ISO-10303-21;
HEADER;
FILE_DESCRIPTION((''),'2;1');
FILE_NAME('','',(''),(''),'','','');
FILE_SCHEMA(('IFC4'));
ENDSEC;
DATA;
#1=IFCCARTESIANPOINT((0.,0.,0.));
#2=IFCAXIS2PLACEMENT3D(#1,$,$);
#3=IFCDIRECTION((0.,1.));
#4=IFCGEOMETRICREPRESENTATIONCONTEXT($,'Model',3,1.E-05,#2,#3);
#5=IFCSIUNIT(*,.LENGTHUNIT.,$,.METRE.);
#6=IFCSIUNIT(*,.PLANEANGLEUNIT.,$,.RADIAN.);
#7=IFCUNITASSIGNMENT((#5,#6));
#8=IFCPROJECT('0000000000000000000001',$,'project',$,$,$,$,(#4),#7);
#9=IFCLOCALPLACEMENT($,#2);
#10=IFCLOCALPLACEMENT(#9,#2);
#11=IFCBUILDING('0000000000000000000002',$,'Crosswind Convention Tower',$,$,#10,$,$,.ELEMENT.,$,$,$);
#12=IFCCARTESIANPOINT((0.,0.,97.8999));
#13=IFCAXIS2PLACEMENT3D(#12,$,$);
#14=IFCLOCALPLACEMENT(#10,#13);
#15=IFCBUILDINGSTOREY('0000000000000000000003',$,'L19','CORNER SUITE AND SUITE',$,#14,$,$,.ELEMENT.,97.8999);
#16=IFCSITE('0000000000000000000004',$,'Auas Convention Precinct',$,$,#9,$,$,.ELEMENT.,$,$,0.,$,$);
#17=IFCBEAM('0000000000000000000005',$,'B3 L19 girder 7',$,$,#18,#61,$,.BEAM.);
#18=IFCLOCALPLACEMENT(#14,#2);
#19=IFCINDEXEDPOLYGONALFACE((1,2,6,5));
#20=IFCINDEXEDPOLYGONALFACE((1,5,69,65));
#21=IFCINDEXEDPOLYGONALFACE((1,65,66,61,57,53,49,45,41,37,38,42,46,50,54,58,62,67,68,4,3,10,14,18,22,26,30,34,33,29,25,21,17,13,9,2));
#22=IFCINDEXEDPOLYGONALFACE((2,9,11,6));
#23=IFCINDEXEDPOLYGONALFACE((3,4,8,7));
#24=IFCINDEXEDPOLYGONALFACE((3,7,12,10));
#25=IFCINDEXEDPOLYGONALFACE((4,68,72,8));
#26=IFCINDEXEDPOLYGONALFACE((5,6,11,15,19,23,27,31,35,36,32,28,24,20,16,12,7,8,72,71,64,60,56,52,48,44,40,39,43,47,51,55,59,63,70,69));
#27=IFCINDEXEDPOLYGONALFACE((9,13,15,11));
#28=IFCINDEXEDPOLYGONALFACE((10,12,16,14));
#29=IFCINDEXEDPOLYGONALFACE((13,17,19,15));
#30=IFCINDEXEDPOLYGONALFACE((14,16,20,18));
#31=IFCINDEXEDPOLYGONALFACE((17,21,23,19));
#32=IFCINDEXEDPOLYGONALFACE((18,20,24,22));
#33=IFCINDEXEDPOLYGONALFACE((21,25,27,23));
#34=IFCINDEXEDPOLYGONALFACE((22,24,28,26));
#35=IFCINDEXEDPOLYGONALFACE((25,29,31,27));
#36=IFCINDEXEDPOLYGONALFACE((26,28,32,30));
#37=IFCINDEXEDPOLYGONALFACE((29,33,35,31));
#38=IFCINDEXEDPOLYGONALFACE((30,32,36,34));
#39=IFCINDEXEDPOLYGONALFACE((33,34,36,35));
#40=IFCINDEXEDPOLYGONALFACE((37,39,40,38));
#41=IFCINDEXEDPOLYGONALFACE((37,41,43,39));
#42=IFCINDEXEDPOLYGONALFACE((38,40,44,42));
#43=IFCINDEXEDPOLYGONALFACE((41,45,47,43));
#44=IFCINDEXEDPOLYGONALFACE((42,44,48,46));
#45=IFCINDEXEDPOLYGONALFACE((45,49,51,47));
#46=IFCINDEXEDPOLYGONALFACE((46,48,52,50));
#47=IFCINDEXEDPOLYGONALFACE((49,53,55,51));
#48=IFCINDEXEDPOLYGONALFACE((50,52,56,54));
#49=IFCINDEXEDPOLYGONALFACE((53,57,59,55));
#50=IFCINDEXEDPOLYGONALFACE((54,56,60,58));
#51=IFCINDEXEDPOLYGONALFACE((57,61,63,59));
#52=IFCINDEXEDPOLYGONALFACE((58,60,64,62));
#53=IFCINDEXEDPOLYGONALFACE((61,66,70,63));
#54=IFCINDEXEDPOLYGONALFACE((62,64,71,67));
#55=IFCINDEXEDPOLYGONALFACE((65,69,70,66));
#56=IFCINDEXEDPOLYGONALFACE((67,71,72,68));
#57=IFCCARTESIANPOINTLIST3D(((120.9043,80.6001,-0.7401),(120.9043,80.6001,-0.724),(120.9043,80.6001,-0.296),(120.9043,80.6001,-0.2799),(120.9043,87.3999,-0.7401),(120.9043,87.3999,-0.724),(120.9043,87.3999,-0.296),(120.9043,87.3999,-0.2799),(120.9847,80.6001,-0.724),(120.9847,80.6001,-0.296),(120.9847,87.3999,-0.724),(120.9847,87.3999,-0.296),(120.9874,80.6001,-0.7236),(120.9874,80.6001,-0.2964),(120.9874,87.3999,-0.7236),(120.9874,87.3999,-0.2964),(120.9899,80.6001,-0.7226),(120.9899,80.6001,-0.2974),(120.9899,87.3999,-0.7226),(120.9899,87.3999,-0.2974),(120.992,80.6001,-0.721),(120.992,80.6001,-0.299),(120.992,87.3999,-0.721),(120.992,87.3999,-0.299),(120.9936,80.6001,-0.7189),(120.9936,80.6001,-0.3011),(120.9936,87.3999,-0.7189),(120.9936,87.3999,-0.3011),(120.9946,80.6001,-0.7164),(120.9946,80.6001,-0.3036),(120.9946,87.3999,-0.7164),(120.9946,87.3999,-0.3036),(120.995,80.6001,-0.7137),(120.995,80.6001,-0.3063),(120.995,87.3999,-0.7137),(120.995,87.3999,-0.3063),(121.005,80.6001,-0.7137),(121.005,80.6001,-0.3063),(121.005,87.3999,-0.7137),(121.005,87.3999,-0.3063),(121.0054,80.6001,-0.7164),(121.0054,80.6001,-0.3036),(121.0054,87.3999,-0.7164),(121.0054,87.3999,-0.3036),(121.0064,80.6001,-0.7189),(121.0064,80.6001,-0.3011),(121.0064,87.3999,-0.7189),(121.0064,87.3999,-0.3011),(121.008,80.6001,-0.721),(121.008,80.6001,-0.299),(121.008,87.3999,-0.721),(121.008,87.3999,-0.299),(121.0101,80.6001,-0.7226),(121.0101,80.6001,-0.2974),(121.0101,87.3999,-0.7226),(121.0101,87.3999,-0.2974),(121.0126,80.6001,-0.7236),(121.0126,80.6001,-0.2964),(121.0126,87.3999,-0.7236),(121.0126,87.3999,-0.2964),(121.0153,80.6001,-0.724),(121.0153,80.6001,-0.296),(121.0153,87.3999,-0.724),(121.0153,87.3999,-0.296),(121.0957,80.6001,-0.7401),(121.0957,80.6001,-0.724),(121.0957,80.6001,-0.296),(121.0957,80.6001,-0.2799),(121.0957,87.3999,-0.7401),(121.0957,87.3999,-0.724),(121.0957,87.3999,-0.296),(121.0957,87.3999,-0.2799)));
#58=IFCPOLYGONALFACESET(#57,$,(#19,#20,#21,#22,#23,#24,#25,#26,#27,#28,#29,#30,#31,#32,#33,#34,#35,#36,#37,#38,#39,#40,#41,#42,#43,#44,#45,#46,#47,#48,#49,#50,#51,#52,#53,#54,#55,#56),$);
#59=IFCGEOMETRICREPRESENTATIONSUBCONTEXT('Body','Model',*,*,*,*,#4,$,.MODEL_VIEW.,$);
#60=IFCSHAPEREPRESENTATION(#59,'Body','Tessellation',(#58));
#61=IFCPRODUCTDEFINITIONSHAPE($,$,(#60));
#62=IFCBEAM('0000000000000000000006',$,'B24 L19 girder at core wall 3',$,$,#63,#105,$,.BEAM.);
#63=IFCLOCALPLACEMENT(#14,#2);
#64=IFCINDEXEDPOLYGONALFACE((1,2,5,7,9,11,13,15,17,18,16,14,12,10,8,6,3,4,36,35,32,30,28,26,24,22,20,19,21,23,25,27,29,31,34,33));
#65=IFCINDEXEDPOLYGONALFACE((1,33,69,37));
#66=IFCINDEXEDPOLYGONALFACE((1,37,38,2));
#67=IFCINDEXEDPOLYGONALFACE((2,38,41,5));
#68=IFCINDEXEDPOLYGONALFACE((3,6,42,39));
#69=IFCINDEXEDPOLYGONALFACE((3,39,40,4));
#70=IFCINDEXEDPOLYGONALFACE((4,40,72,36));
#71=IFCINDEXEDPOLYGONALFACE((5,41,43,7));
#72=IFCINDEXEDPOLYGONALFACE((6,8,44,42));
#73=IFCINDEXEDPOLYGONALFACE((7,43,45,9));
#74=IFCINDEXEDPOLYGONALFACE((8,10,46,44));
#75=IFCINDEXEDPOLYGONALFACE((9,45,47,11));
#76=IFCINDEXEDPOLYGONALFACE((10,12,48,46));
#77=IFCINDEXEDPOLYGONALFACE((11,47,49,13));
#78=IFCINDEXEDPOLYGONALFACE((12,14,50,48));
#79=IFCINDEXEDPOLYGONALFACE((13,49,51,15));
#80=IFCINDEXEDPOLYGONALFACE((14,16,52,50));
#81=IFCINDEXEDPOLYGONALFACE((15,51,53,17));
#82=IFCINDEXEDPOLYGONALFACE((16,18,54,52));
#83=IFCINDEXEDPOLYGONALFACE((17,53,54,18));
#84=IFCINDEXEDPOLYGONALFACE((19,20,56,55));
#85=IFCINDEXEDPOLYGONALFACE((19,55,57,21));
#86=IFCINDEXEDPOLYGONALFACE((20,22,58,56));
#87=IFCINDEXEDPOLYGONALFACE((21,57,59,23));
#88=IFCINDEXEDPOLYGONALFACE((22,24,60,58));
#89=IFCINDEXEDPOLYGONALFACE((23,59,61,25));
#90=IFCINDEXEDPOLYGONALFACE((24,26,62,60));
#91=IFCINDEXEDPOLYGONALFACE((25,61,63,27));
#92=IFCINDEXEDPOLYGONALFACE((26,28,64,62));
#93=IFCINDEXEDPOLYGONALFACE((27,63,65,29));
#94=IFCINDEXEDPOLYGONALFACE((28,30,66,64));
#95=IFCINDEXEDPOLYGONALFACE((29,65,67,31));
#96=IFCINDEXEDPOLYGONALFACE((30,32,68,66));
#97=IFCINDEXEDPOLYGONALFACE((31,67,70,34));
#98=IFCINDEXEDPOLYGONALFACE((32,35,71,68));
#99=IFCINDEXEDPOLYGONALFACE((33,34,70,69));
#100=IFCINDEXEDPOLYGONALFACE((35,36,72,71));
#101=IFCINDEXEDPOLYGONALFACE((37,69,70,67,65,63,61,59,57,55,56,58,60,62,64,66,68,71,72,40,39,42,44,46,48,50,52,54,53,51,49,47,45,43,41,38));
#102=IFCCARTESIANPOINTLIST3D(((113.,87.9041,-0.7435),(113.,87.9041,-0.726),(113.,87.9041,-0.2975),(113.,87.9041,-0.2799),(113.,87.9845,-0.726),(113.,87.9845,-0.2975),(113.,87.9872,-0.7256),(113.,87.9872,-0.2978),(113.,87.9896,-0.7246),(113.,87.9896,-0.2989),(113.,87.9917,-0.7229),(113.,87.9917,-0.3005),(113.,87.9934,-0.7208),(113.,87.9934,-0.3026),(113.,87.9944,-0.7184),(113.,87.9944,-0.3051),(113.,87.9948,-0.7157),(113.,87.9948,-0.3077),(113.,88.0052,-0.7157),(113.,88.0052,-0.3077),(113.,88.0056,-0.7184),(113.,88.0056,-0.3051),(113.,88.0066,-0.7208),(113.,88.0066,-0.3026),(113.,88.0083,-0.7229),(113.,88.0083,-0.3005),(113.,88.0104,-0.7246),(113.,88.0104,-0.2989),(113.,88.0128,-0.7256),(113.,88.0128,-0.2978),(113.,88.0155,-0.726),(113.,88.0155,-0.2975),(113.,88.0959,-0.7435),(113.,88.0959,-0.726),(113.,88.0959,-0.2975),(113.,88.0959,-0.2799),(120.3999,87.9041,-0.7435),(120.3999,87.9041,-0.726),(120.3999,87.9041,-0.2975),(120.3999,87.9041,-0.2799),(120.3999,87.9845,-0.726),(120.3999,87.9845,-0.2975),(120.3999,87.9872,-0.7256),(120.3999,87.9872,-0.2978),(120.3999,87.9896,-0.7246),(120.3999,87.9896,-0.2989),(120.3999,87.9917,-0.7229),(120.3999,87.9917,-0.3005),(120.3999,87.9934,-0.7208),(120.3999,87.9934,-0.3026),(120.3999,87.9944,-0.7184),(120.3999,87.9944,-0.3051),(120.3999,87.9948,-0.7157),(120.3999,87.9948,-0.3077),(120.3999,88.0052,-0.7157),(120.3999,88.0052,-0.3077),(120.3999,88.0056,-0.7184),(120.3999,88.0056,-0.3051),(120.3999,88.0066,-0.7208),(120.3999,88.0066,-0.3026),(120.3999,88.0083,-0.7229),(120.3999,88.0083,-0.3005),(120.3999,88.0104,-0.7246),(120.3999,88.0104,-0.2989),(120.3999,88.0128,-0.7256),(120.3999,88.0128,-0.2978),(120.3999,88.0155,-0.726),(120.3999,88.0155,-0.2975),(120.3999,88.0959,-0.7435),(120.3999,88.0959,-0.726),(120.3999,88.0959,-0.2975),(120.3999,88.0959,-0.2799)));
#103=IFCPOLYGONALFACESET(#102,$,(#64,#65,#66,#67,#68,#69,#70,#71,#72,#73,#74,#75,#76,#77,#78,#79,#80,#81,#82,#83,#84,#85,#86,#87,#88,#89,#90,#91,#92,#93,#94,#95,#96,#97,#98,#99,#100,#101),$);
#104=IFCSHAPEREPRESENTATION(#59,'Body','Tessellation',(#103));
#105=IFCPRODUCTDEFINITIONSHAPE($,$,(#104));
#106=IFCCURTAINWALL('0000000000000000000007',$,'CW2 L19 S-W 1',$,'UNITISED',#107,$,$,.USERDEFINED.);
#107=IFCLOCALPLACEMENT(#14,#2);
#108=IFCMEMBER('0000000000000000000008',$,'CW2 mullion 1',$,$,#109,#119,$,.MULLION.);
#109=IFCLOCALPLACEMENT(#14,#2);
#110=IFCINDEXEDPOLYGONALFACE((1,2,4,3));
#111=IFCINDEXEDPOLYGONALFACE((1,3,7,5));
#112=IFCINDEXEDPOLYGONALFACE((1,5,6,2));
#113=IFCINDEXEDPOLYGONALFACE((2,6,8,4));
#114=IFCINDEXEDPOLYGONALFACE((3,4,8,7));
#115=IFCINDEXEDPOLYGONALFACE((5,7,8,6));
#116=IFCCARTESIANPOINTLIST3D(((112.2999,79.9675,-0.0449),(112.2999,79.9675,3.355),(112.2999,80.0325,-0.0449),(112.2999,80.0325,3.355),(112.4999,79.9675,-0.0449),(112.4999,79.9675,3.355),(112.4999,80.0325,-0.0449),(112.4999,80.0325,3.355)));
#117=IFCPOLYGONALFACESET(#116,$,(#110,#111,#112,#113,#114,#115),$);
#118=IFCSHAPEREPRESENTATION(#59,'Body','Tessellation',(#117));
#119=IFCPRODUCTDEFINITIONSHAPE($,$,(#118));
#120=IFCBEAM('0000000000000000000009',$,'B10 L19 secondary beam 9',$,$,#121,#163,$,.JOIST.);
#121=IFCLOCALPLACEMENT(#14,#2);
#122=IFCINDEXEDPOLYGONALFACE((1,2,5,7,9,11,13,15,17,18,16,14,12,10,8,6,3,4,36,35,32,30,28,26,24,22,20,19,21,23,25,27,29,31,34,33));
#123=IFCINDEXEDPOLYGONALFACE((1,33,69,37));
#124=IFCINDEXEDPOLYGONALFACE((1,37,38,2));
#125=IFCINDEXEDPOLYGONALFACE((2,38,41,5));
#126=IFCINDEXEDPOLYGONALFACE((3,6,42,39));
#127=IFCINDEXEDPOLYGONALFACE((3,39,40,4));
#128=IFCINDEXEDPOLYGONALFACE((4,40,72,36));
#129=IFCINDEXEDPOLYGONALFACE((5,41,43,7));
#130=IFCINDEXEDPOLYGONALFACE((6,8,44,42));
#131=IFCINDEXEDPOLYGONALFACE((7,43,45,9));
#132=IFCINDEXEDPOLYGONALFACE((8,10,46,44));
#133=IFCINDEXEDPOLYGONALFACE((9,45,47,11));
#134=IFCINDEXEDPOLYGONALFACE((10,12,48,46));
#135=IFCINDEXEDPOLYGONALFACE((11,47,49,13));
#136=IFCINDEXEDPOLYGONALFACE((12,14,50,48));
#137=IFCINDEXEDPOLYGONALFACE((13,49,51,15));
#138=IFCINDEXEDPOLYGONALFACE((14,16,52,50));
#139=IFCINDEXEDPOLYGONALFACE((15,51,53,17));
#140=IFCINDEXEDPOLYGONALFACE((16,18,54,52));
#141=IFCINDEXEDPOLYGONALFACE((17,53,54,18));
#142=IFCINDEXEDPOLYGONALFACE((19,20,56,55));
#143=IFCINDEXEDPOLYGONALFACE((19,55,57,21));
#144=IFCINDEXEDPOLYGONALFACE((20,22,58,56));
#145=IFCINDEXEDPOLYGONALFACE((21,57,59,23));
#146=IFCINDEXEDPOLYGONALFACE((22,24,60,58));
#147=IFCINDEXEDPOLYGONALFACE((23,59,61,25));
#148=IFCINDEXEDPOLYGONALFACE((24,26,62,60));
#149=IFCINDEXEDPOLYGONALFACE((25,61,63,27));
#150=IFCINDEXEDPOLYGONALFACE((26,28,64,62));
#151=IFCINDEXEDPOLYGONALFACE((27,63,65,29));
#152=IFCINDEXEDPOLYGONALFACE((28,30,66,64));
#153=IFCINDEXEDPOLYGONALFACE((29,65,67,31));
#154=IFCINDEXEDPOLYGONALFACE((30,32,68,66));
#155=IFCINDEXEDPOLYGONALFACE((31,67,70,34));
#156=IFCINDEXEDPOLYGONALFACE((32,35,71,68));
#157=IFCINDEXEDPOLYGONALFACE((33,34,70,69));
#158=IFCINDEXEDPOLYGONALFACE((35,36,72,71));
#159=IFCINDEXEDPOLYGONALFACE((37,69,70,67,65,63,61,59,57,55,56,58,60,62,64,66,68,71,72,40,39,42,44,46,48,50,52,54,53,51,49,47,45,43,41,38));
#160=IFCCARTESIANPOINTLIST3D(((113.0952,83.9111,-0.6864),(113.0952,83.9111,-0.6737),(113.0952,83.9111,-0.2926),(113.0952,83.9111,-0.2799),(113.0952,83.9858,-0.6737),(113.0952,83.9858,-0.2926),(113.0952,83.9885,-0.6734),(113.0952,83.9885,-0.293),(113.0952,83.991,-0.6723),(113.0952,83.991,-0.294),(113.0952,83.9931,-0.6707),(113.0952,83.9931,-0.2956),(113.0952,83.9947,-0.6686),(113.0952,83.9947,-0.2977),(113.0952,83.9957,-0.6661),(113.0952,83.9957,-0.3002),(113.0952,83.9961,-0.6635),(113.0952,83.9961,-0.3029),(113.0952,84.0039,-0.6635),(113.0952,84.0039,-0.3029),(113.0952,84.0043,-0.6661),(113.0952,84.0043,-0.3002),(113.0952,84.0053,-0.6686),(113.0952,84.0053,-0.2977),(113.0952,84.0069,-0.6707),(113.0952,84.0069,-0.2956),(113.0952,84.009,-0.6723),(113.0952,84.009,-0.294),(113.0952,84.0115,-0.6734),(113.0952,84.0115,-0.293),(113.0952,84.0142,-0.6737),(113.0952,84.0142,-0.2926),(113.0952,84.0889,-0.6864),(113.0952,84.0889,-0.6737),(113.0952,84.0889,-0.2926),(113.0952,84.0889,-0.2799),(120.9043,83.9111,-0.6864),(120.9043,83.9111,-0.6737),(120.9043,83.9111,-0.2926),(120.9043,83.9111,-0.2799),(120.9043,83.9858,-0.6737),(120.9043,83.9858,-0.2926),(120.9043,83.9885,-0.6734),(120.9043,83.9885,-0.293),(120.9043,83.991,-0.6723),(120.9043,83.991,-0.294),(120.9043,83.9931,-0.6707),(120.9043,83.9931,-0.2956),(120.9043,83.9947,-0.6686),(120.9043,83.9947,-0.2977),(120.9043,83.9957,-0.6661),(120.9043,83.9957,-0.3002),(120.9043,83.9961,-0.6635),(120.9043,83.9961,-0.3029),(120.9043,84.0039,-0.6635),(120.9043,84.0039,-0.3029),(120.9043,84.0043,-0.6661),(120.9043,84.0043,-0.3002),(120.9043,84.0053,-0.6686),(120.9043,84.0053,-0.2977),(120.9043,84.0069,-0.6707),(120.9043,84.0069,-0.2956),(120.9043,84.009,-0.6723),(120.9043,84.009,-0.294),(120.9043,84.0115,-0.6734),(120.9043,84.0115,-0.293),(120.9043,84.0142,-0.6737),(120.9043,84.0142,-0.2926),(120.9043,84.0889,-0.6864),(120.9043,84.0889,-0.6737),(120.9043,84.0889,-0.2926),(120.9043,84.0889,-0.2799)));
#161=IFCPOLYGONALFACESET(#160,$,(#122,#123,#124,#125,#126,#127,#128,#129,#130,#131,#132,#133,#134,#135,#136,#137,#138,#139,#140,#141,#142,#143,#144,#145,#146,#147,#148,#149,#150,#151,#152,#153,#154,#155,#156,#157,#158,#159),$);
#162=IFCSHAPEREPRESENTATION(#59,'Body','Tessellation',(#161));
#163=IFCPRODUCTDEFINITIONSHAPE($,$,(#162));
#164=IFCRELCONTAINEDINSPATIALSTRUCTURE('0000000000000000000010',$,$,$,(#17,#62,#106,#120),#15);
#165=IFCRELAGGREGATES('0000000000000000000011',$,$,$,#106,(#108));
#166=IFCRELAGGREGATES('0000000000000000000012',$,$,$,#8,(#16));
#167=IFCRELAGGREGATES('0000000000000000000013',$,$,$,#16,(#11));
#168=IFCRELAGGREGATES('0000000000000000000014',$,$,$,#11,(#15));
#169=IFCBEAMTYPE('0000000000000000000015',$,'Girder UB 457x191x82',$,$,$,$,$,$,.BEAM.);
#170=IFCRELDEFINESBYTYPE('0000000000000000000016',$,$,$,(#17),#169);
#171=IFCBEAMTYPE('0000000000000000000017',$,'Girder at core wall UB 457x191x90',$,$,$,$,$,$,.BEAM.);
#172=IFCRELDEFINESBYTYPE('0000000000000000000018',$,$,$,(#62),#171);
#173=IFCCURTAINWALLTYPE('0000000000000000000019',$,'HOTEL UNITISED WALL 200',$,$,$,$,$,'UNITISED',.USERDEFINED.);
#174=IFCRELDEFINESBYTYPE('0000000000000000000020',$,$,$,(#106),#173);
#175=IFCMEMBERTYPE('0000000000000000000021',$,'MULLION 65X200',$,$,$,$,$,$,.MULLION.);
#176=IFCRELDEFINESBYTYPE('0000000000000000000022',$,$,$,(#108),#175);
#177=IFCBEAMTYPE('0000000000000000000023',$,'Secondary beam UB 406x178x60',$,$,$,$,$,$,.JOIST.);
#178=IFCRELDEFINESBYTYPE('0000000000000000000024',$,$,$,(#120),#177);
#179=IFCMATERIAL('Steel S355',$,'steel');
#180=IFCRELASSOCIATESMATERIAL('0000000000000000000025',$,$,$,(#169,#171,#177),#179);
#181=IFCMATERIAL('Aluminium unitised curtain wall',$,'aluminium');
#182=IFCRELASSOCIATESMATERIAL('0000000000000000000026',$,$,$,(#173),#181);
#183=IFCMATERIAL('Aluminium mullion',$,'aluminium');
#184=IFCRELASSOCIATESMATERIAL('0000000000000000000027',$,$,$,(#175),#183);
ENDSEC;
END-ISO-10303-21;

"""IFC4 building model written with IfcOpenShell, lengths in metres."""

from ifc_helpers import new_model, si_unit, direction, frame, origin, origin_2d, place, context, subcontext, project, spatial, rectangle, i_section, extrude, material, material_profile, profile_set, type_object, element, aggregate, save


model = new_model("IFC4")

# Units and contexts
model_context = context("Model", 3, precision=1e-05, world=origin(), true_north=direction((0.0, 1.0)))
body_context = subcontext(model_context, "Body", "Model", "MODEL_VIEW")
ifc_project = project(units=[si_unit("LENGTHUNIT", "METRE"), si_unit("PLANEANGLEUNIT", "RADIAN")], contexts=[model_context])

# Site, building, storey
site_placement = place(None, origin())
site = spatial("IfcSite", under=ifc_project, at=site_placement, Name="Auas Convention Precinct", CompositionType="ELEMENT", RefElevation=0.0)
building_placement = place(site_placement, origin())
building = spatial("IfcBuilding", under=site, at=building_placement, Name="Crosswind Convention Tower", CompositionType="ELEMENT")
storey_placement = place(building_placement, frame((0.0, 0.0, 97.8999)))
storey = spatial("IfcBuildingStorey", under=building, at=storey_placement, Name="L19", Description="CORNER SUITE AND SUITE", CompositionType="ELEMENT", Elevation=97.8999)

# Beams
ifc_material_1 = material(Name="Steel S355", Category="steel")
ifc_material_profile_1 = material_profile(ifc_material_1, i_section(OverallWidth=0.1914, OverallDepth=0.4602, WebThickness=0.01, FlangeThickness=0.0161, FilletRadius=0.0103, at=origin_2d()), Name="UB 457x191x82")
ifc_profile_set_1 = profile_set([ifc_material_profile_1], Name="Steel S355")
beam_type_1 = type_object("IfcBeamType", Name="Girder UB 457x191x82", PredefinedType="BEAM", material=ifc_profile_set_1)
beam_1_placement = place(storey_placement, frame((121.0, 80.6001, -0.51), z_axis=(0.0, 1.0, 0.0), x_axis=(-1.0, 0.0, 0.0)))
element("IfcBeam", 1, at=beam_1_placement, inside=storey, type_object=beam_type_1, Name="B3 L19 girder 7", PredefinedType="BEAM", context=body_context, shape_type="SweptSolid", body=[
    extrude(i_section(OverallWidth=0.1914, OverallDepth=0.4602, WebThickness=0.01, FlangeThickness=0.0161, FilletRadius=0.0103, at=origin_2d()), origin(), (0.0, 0.0, 1.0), 6.7998),
])
ifc_material_profile_2 = material_profile(ifc_material_1, i_section(OverallWidth=0.1919, OverallDepth=0.4636, WebThickness=0.0105, FlangeThickness=0.0176, FilletRadius=0.0103, at=origin_2d()), Name="UB 457x191x90")
ifc_profile_set_2 = profile_set([ifc_material_profile_2], Name="Steel S355")
beam_type_2 = type_object("IfcBeamType", Name="Girder at core wall UB 457x191x90", PredefinedType="BEAM", material=ifc_profile_set_2)
beam_2_placement = place(storey_placement, frame((113.0, 88.0, -0.5117), z_axis=(1.0, 0.0, 0.0), x_axis=(0.0, 1.0, 0.0)))
element("IfcBeam", 2, at=beam_2_placement, inside=storey, type_object=beam_type_2, Name="B24 L19 girder at core wall 3", PredefinedType="BEAM", context=body_context, shape_type="SweptSolid", body=[
    extrude(i_section(OverallWidth=0.1919, OverallDepth=0.4636, WebThickness=0.0105, FlangeThickness=0.0176, FilletRadius=0.0103, at=origin_2d()), origin(), (0.0, 0.0, 1.0), 7.3999),
])

# Curtain wall, member
ifc_material_2 = material(Name="Aluminium unitised curtain wall", Category="aluminium")
curtain_wall_type = type_object("IfcCurtainWallType", Name="HOTEL UNITISED WALL 200", ElementType="UNITISED", PredefinedType="USERDEFINED", material=ifc_material_2)
curtain_wall_placement = place(storey_placement, origin())
curtain_wall = element("IfcCurtainWall", 3, at=curtain_wall_placement, inside=storey, type_object=curtain_wall_type, Name="CW2 L19 S-W 1", ObjectType="UNITISED", PredefinedType="USERDEFINED")
ifc_material_3 = material(Name="Aluminium mullion", Category="aluminium")
ifc_material_profile_3 = material_profile(ifc_material_3, rectangle(XDim=0.2, YDim=0.0649, at=origin_2d()), Name="AL 200X65")
ifc_profile_set_3 = profile_set([ifc_material_profile_3], Name="Aluminium mullion")
member_type_1 = type_object("IfcMemberType", Name="MULLION 65X200", PredefinedType="MULLION", material=ifc_profile_set_3)
member_1_placement = place(storey_placement, frame((112.3999, 80.0, -0.0449), z_axis=(0.0, 0.0, 1.0), x_axis=(-1.0, 0.0, 0.0)))
member_1 = element("IfcMember", 4, at=member_1_placement, type_object=member_type_1, Name="CW2 mullion 1", PredefinedType="MULLION", context=body_context, shape_type="SweptSolid", body=[
    extrude(rectangle(XDim=0.2, YDim=0.0649, at=origin_2d()), origin(), (0.0, 0.0, 1.0), 3.3999),
])

# Beam
ifc_material_profile_4 = material_profile(ifc_material_1, i_section(OverallWidth=0.1777, OverallDepth=0.4065, WebThickness=0.0078, FlangeThickness=0.0127, FilletRadius=0.0103, at=origin_2d()), Name="UB 406x178x60")
ifc_profile_set_4 = profile_set([ifc_material_profile_4], Name="Steel S355")
beam_type_3 = type_object("IfcBeamType", Name="Secondary beam UB 406x178x60", PredefinedType="JOIST", material=ifc_profile_set_4)
beam_3_placement = place(storey_placement, frame((113.0952, 84.0, -0.4832), z_axis=(1.0, 0.0, 0.0), x_axis=(0.0, 1.0, 0.0)))
element("IfcBeam", 5, at=beam_3_placement, inside=storey, type_object=beam_type_3, Name="B10 L19 secondary beam 9", PredefinedType="JOIST", context=body_context, shape_type="SweptSolid", body=[
    extrude(i_section(OverallWidth=0.1777, OverallDepth=0.4065, WebThickness=0.0078, FlangeThickness=0.0127, FilletRadius=0.0103, at=origin_2d()), origin(), (0.0, 0.0, 1.0), 7.8091),
])

aggregate(curtain_wall, [member_1])

save(model, "model.ifc")
